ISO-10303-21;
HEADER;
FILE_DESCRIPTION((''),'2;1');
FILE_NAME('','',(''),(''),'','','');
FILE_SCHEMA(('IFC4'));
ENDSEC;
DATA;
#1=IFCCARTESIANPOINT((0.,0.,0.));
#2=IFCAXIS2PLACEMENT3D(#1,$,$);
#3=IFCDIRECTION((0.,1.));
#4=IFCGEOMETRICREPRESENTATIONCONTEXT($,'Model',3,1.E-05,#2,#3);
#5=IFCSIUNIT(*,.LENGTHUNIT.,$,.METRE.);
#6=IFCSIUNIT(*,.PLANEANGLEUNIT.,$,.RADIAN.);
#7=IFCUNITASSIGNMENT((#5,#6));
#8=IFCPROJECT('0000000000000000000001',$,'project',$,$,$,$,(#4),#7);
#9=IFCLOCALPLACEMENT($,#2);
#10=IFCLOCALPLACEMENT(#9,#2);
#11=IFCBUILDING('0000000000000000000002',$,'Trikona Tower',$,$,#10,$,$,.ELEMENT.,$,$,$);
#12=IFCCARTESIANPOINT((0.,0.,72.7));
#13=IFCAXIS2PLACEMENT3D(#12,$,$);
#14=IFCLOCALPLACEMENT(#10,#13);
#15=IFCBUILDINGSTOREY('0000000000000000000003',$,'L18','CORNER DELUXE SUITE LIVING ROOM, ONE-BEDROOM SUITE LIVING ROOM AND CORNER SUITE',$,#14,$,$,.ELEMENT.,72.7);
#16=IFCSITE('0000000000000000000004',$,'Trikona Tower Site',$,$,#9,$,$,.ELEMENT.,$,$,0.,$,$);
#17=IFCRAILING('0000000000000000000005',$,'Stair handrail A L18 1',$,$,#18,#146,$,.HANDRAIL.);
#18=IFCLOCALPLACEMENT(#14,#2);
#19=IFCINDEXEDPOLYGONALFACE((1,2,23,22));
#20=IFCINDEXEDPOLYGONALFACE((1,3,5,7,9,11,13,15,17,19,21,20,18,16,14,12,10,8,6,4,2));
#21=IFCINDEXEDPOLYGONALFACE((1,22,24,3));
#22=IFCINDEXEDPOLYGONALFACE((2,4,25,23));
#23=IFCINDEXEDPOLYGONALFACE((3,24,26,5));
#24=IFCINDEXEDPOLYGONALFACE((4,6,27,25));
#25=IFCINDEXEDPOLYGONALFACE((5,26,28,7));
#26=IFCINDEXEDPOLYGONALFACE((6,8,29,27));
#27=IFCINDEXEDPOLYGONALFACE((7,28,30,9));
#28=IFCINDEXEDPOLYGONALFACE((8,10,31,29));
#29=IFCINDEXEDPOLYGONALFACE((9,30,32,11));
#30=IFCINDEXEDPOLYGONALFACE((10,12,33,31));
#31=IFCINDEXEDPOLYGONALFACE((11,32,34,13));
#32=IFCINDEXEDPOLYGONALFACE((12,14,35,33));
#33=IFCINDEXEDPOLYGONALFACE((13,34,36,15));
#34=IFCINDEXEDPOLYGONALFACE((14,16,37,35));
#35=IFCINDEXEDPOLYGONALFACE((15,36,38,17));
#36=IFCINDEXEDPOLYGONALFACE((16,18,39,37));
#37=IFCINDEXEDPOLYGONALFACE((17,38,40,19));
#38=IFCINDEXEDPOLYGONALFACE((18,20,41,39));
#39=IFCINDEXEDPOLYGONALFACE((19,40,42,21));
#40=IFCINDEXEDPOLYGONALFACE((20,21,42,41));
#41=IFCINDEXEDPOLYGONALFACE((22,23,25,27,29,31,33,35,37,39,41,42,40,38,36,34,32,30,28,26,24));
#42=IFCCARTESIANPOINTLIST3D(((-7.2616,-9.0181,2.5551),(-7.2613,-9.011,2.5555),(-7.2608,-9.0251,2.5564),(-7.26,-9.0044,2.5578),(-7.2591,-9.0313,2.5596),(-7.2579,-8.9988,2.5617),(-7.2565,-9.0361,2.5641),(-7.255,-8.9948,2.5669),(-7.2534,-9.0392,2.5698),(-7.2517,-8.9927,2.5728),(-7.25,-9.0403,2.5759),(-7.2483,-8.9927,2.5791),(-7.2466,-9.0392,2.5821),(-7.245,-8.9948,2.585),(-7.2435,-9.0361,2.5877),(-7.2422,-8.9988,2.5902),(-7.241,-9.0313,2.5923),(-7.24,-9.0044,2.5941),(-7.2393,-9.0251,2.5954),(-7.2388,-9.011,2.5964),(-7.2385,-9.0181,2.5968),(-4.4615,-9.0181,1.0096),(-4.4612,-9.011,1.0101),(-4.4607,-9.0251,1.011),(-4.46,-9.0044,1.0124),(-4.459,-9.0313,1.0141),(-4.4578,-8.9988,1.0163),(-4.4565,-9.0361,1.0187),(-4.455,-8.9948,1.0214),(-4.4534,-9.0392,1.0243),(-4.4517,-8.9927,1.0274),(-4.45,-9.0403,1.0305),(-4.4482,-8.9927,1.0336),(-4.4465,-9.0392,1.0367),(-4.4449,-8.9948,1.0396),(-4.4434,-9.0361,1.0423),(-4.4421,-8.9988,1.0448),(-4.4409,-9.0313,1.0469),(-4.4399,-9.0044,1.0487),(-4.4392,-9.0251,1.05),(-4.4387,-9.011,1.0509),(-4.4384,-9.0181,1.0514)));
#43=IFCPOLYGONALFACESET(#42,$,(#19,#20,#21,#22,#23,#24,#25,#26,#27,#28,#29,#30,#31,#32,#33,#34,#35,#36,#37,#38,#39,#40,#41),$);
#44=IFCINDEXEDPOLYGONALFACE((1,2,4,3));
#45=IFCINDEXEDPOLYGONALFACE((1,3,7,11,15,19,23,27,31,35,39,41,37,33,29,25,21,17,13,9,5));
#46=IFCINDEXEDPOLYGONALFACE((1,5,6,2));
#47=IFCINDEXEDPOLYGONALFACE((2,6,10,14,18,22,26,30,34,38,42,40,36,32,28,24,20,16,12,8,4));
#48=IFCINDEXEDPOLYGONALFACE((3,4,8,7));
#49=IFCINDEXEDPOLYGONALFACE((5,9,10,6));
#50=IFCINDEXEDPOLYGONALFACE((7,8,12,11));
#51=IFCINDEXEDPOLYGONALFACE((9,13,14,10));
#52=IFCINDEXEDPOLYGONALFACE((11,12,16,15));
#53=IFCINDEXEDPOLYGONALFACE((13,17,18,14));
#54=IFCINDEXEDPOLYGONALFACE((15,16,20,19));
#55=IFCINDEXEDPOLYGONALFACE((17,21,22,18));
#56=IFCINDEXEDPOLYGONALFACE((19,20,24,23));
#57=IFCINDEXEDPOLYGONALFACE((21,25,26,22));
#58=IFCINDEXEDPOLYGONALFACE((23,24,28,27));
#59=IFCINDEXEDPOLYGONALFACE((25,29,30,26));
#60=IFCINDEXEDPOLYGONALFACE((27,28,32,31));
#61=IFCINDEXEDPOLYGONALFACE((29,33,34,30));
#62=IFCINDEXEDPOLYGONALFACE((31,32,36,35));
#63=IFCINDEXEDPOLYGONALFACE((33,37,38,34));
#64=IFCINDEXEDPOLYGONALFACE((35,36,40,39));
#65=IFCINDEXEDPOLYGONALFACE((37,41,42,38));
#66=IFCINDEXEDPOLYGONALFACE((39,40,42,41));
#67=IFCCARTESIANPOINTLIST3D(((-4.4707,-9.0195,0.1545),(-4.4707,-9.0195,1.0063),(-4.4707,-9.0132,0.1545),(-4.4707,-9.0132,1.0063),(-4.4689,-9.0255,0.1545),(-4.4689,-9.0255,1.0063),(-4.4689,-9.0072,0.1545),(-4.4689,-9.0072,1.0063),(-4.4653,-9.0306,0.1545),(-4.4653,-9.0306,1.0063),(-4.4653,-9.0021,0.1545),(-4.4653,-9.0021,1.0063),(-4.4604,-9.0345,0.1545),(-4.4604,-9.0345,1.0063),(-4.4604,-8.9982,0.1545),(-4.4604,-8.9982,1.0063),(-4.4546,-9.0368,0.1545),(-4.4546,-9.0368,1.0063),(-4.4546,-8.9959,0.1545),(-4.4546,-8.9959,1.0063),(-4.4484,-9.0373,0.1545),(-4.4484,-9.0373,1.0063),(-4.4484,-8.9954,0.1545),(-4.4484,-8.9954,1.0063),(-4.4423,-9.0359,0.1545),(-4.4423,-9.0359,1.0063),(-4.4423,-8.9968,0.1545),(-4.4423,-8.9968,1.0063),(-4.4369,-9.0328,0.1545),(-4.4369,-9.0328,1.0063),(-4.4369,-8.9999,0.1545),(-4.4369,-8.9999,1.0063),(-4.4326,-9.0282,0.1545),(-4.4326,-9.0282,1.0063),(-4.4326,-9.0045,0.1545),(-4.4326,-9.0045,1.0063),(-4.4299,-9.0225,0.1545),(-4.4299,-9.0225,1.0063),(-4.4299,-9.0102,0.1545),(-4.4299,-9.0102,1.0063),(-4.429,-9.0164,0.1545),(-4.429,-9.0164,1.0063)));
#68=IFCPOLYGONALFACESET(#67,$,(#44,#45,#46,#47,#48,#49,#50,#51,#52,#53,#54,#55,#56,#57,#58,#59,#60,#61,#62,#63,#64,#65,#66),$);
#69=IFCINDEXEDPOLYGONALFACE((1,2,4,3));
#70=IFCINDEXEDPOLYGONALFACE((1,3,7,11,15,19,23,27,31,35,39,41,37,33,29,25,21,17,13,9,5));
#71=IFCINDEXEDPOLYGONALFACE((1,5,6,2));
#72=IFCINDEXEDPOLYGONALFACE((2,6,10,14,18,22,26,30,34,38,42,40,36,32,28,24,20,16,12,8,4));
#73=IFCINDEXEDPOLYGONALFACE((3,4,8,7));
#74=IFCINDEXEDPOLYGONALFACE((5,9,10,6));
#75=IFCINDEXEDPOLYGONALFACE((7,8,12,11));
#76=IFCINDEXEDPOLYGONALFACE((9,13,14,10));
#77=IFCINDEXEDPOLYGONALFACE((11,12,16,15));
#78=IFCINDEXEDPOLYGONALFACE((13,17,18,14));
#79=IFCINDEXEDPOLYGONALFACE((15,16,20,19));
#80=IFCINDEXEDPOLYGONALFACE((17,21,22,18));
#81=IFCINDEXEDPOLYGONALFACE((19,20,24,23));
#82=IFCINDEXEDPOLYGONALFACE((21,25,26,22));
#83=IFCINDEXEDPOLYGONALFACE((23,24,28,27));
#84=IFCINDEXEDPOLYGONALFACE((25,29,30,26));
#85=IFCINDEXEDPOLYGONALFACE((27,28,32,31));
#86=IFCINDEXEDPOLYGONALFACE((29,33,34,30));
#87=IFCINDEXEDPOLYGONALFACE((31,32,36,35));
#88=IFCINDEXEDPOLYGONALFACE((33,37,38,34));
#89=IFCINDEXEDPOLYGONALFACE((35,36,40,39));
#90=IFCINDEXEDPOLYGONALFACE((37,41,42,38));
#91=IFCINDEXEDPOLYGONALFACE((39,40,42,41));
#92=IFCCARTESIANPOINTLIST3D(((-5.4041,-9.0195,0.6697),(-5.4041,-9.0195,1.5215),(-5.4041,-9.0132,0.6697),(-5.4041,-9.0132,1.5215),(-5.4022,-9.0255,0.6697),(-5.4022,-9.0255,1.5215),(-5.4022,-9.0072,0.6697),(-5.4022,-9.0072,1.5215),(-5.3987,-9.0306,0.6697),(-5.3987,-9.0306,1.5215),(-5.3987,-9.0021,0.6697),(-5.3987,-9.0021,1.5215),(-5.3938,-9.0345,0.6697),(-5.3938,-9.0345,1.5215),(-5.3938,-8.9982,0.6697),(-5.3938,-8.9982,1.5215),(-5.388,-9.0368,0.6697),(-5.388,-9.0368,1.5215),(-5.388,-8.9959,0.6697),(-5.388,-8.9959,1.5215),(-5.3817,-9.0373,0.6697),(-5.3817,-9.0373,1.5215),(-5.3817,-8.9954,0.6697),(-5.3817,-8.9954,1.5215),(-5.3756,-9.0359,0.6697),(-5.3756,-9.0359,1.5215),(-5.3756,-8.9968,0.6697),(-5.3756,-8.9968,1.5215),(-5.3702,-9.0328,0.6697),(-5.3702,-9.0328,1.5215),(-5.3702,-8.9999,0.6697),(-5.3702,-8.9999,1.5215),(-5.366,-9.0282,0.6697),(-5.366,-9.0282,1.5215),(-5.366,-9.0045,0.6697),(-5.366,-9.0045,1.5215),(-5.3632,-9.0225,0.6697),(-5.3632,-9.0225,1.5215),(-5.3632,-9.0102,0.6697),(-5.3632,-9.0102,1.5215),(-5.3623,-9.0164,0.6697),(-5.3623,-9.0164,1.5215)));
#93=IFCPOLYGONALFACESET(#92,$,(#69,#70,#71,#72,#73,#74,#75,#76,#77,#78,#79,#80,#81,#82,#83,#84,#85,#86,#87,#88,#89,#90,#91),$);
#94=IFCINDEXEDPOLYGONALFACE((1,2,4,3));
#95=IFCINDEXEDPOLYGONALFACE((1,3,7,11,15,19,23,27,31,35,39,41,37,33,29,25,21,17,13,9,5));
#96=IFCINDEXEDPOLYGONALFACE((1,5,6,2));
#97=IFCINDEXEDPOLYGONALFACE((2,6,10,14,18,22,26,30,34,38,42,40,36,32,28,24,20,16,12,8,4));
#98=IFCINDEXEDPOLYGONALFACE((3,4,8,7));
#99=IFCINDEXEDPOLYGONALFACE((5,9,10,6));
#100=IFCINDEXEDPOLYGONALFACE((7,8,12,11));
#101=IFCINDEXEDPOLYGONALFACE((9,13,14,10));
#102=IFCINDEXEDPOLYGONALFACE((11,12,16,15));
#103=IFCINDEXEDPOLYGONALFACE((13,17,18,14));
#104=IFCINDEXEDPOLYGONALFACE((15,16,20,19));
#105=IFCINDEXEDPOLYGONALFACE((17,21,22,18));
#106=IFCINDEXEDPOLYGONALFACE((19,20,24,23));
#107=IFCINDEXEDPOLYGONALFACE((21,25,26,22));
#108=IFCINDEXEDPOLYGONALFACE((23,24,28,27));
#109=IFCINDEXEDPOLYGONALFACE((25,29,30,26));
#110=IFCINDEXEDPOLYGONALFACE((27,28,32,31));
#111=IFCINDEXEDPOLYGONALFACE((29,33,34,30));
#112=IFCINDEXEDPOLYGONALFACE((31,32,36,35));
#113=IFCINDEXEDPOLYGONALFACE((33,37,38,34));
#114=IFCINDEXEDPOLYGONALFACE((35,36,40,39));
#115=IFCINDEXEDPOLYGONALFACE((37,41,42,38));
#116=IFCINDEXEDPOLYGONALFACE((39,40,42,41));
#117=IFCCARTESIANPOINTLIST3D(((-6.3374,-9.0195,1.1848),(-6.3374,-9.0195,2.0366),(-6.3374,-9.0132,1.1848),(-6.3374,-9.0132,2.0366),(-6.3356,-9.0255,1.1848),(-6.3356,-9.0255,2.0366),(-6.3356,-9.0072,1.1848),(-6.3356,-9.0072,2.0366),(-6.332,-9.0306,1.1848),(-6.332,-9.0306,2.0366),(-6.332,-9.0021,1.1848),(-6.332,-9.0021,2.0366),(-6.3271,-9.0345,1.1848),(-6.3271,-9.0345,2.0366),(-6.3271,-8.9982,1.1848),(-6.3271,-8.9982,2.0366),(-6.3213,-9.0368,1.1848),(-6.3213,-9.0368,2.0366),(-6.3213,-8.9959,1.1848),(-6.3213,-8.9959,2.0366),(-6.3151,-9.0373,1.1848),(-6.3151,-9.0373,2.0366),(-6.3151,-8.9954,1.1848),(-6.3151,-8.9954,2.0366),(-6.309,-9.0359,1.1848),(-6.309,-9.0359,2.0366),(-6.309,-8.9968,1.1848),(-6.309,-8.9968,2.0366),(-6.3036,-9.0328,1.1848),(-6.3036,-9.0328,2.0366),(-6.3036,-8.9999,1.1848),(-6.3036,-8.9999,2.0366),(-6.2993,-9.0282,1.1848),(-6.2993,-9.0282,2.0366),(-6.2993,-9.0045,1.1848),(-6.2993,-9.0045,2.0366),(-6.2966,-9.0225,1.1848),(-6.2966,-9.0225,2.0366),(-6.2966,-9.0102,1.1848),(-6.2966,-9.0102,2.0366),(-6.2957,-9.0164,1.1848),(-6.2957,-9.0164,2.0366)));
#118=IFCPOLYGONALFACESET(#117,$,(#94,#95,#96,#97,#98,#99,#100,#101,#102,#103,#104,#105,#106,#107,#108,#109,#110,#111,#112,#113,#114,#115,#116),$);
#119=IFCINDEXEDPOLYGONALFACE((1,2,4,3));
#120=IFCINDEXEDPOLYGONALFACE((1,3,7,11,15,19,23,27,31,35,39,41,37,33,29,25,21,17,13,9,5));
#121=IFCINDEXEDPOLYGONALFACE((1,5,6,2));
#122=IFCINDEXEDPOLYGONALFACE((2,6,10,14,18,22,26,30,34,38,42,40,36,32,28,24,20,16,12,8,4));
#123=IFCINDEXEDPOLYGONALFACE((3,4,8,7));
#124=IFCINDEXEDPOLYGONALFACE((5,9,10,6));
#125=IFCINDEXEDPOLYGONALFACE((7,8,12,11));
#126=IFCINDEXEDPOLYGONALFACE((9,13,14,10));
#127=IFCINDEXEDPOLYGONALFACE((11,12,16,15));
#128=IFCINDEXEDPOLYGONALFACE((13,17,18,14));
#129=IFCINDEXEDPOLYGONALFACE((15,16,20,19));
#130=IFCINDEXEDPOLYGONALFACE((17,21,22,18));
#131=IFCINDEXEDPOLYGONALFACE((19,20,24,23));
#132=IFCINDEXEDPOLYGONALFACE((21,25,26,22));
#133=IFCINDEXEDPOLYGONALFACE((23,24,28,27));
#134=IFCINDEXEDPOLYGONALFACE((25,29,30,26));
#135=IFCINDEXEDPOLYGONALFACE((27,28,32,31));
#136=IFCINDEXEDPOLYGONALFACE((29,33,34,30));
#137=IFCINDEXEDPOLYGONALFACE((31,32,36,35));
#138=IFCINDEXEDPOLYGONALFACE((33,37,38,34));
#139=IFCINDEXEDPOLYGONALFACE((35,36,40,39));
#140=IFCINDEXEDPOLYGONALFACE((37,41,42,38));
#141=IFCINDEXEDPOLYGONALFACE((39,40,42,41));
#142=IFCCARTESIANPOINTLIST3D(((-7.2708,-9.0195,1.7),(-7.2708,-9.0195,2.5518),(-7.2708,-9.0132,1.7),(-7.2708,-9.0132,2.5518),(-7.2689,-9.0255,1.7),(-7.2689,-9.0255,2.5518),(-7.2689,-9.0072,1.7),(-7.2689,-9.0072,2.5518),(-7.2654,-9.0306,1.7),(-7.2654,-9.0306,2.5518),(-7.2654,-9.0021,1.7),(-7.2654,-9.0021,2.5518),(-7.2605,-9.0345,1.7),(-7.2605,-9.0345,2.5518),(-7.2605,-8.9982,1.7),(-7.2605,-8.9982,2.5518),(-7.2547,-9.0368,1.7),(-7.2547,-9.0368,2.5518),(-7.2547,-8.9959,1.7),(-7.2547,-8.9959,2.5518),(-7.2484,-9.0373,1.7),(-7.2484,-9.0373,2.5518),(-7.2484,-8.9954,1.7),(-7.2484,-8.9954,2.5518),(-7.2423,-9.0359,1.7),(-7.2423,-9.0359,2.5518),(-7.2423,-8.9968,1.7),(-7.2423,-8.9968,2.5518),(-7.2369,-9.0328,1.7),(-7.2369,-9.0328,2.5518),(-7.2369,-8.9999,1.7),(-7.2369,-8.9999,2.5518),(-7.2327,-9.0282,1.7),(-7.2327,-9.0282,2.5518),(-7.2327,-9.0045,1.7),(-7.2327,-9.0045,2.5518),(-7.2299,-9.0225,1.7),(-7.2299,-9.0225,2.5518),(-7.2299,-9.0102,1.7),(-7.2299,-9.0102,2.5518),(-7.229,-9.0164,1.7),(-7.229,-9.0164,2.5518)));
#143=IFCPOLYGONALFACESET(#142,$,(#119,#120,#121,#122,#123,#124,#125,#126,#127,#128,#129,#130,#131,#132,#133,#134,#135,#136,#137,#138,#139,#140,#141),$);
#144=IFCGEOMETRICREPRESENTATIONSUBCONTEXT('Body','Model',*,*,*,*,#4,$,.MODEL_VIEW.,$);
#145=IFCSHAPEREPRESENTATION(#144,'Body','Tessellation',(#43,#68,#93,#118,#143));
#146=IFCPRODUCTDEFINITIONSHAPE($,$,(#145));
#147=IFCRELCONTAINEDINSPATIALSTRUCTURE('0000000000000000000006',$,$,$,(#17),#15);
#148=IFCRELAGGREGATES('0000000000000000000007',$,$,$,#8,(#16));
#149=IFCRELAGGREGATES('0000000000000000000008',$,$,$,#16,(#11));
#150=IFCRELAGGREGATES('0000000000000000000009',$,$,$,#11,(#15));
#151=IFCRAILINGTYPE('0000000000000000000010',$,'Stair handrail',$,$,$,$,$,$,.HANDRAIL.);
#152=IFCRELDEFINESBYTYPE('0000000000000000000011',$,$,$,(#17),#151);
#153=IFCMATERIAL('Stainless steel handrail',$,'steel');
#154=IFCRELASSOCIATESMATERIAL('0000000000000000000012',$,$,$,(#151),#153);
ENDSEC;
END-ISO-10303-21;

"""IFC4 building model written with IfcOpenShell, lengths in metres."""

from ifc_helpers import new_model, si_unit, direction, frame, origin, origin_2d, place, context, subcontext, project, spatial, circle, extrude, material, type_object, element, save


model = new_model("IFC4")

# Units and contexts
model_context = context("Model", 3, precision=1e-05, world=origin(), true_north=direction((0.0, 1.0)))
body_context = subcontext(model_context, "Body", "Model", "MODEL_VIEW")
ifc_project = project(units=[si_unit("LENGTHUNIT", "METRE"), si_unit("PLANEANGLEUNIT", "RADIAN")], contexts=[model_context])

# Site, building, storey
site_placement = place(None, origin())
site = spatial("IfcSite", under=ifc_project, at=site_placement, Name="Trikona Tower Site", CompositionType="ELEMENT", RefElevation=0.0)
building_placement = place(site_placement, origin())
building = spatial("IfcBuilding", under=site, at=building_placement, Name="Trikona Tower", CompositionType="ELEMENT")
storey_placement = place(building_placement, frame((0.0, 0.0, 72.7)))
storey = spatial("IfcBuildingStorey", under=building, at=storey_placement, Name="L18", Description="CORNER DELUXE SUITE LIVING ROOM, ONE-BEDROOM SUITE LIVING ROOM AND CORNER SUITE", CompositionType="ELEMENT", Elevation=72.7)

# Railing
ifc_material_1 = material(Name="Stainless steel handrail", Category="steel")
railing_type = type_object("IfcRailingType", Name="Stair handrail", PredefinedType="HANDRAIL", material=ifc_material_1)
railing_placement = place(storey_placement, frame((-4.45, -9.0164, 0.1545)))
element("IfcRailing", 1, at=railing_placement, inside=storey, type_object=railing_type, Name="Stair handrail A L18 1", PredefinedType="HANDRAIL", context=body_context, shape_type="SweptSolid", body=[
    extrude(circle(Radius=0.0239, at=origin_2d()), frame((0.0, 0.0, 0.876), z_axis=(-0.875504, 0.0, 0.483211), x_axis=(0.0, -1.0, 0.0)), (0.0, 0.0, 1.0), 3.1982),
    extrude(circle(Radius=0.021, at=origin_2d()), origin(), (0.0, 0.0, 1.0), 0.8518),
    extrude(circle(Radius=0.021, at=origin_2d()), frame((-0.9333, 0.0, 0.5151)), (0.0, 0.0, 1.0), 0.8518),
    extrude(circle(Radius=0.021, at=origin_2d()), frame((-1.8667, 0.0, 1.0303)), (0.0, 0.0, 1.0), 0.8518),
    extrude(circle(Radius=0.021, at=origin_2d()), frame((-2.8, 0.0, 1.5454)), (0.0, 0.0, 1.0), 0.8518),
])

save(model, "model.ifc")
